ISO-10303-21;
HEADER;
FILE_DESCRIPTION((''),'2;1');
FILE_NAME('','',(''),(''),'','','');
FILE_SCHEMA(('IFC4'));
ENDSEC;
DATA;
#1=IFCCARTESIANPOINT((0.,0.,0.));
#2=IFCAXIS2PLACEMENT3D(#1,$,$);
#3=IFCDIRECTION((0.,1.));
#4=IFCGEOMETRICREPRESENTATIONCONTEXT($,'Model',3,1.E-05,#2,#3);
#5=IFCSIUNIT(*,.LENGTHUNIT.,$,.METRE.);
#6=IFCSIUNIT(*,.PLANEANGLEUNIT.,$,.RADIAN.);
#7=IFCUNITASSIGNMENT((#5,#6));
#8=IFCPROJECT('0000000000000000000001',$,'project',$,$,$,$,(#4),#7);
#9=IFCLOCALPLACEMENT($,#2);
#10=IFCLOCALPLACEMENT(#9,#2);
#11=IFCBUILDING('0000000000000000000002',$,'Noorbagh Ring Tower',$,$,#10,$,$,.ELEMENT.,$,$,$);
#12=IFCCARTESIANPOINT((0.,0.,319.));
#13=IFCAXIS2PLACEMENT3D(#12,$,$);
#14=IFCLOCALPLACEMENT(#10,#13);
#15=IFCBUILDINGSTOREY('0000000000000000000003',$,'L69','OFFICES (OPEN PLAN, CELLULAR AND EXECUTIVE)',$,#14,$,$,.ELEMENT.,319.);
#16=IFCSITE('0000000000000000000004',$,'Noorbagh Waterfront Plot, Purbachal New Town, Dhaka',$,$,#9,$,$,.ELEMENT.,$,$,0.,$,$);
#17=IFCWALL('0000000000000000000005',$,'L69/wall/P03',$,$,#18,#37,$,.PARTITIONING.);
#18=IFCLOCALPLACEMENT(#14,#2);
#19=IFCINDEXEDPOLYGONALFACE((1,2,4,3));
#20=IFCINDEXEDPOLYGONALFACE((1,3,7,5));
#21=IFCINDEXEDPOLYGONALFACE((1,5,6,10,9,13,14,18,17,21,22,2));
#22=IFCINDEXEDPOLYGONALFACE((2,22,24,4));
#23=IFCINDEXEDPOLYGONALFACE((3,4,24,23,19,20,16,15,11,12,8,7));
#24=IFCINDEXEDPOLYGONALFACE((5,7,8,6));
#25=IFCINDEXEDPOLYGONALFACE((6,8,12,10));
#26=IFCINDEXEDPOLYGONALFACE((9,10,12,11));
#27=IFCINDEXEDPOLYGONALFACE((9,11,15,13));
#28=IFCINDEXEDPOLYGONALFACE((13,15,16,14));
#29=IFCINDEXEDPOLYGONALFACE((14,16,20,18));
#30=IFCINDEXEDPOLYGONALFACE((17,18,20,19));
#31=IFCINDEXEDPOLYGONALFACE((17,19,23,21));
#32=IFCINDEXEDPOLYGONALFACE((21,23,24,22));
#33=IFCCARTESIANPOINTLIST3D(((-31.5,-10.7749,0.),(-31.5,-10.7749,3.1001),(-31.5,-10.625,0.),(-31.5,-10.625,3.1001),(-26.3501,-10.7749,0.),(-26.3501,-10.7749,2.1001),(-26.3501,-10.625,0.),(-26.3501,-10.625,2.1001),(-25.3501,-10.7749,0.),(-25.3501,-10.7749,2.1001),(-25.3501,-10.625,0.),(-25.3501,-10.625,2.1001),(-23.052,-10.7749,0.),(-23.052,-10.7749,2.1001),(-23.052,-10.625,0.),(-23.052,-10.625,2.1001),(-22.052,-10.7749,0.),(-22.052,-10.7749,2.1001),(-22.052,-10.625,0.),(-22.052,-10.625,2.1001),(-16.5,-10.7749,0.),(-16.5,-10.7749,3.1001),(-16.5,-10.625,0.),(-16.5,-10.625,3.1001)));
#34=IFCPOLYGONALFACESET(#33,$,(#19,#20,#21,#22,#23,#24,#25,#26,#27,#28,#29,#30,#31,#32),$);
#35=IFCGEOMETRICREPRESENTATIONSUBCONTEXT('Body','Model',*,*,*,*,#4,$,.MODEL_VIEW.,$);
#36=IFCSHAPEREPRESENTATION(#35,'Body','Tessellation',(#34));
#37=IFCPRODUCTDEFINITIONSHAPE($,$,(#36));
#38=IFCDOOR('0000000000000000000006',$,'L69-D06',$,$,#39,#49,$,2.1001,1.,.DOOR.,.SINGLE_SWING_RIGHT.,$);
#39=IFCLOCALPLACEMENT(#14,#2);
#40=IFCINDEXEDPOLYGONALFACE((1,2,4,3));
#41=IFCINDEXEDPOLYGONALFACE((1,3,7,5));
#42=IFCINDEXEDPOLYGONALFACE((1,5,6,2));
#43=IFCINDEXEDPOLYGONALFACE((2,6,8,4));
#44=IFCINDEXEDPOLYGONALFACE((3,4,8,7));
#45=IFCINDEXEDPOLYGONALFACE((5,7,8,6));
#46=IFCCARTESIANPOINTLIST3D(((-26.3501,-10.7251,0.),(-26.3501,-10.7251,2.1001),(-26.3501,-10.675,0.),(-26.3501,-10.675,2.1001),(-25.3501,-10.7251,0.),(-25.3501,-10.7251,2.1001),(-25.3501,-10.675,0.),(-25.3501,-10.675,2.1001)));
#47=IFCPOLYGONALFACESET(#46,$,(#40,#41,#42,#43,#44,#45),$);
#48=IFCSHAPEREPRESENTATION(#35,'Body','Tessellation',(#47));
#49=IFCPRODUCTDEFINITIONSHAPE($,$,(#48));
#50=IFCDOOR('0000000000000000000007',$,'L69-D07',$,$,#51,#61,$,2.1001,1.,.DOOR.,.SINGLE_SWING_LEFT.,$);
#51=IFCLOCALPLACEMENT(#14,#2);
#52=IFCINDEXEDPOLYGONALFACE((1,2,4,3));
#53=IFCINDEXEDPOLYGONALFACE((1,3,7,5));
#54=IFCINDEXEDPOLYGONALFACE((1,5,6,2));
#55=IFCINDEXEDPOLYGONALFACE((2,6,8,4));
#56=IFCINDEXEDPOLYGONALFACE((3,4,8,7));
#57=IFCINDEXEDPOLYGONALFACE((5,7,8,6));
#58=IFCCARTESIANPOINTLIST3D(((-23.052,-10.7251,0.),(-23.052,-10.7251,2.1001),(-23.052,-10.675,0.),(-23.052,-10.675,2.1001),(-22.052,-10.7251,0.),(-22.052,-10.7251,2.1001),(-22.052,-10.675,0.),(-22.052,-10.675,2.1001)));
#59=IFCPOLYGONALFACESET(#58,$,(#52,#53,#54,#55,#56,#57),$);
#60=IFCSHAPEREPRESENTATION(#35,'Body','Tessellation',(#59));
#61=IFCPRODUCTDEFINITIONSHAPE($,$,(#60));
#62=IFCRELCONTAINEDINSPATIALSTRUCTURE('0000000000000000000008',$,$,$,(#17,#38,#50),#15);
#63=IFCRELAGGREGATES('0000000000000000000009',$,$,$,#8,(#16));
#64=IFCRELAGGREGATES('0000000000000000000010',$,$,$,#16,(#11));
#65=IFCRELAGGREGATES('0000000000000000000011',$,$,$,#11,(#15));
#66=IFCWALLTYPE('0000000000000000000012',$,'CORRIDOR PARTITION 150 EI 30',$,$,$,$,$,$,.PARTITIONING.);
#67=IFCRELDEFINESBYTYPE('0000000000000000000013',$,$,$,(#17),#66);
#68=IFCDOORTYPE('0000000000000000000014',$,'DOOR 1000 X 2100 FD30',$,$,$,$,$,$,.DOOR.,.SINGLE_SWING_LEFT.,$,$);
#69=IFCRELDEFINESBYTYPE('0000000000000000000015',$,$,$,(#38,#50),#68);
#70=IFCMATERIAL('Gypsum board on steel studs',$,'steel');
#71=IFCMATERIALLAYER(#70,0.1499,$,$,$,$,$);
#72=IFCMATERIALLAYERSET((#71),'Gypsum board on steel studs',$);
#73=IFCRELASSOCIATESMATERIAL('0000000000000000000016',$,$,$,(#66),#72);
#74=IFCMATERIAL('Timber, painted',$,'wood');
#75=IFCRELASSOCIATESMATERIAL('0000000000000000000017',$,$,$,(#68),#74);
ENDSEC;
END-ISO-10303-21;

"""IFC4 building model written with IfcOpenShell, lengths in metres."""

from ifc_helpers import new_model, si_unit, direction, frame, frame_2d, origin, place, context, subcontext, project, spatial, rectangle, extrude, material, layer, layer_set, type_object, element, fill, save


model = new_model("IFC4")

# Units and contexts
model_context = context("Model", 3, precision=1e-05, world=origin(), true_north=direction((0.0, 1.0)))
body_context = subcontext(model_context, "Body", "Model", "MODEL_VIEW")
ifc_project = project(units=[si_unit("LENGTHUNIT", "METRE"), si_unit("PLANEANGLEUNIT", "RADIAN")], contexts=[model_context])

# Site, building, storey
site_placement = place(None, origin())
site = spatial("IfcSite", under=ifc_project, at=site_placement, Name="Noorbagh Waterfront Plot, Purbachal New Town, Dhaka", CompositionType="ELEMENT", RefElevation=0.0)
building_placement = place(site_placement, origin())
building = spatial("IfcBuilding", under=site, at=building_placement, Name="Noorbagh Ring Tower", CompositionType="ELEMENT")
storey_placement = place(building_placement, frame((0.0, 0.0, 319.0)))
storey = spatial("IfcBuildingStorey", under=building, at=storey_placement, Name="L69", Description="OFFICES (OPEN PLAN, CELLULAR AND EXECUTIVE)", CompositionType="ELEMENT", Elevation=319.0)

# Wall, openings, doors
ifc_material_1 = material(Name="Gypsum board on steel studs", Category="steel")
ifc_layer_1 = layer(ifc_material_1, 0.1499)
ifc_layer_set_1 = layer_set([ifc_layer_1], Name="Gypsum board on steel studs")
wall_type_1 = type_object("IfcWallType", Name="CORRIDOR PARTITION 150 EI 30", PredefinedType="PARTITIONING", material=ifc_layer_set_1)
wall_1_placement = place(storey_placement, frame((-31.5, -10.7, 0.0), z_axis=(0.0, 0.0, 1.0), x_axis=(1.0, 0.0, 0.0)))
wall_1 = element("IfcWall", 1, at=wall_1_placement, inside=storey, type_object=wall_type_1, Name="L69/wall/P03", PredefinedType="PARTITIONING", context=body_context, shape_type="SweptSolid", body=[
    extrude(rectangle(XDim=15.0, YDim=0.1499, at=frame_2d((7.5, 0.0))), origin(), (0.0, 0.0, 1.0), 3.1001),
])
opening_1_placement = place(wall_1_placement, frame((5.1499, 0.0, 0.0)))
opening_1 = element("IfcOpeningElement", 2, at=opening_1_placement, cuts=wall_1, PredefinedType="OPENING", context=body_context, shape_type="SweptSolid", body=[
    extrude(rectangle(XDim=1.0, YDim=2.1001, at=frame_2d((0.5, 1.05))), frame((0.0, 0.085, 0.0), z_axis=(0.0, -1.0, 0.0), x_axis=(1.0, 0.0, 0.0)), (0.0, 0.0, 1.0), 0.1699),
])
opening_2_placement = place(wall_1_placement, frame((8.448, 0.0, 0.0)))
opening_2 = element("IfcOpeningElement", 3, at=opening_2_placement, cuts=wall_1, PredefinedType="OPENING", context=body_context, shape_type="SweptSolid", body=[
    extrude(rectangle(XDim=1.0, YDim=2.1001, at=frame_2d((0.5, 1.05))), frame((0.0, 0.085, 0.0), z_axis=(0.0, -1.0, 0.0), x_axis=(1.0, 0.0, 0.0)), (0.0, 0.0, 1.0), 0.1699),
])
ifc_material_2 = material(Name="Timber, painted", Category="wood")
door_type = type_object("IfcDoorType", Name="DOOR 1000 X 2100 FD30", OperationType="SINGLE_SWING_LEFT", PredefinedType="DOOR", material=ifc_material_2)
door_1_placement = place(opening_1_placement, origin())
door_1 = element("IfcDoor", 4, at=door_1_placement, inside=storey, type_object=door_type, Name="L69-D06", OperationType="SINGLE_SWING_RIGHT", OverallHeight=2.1001, OverallWidth=1.0, PredefinedType="DOOR", context=body_context, shape_type="SweptSolid", body=[
    extrude(rectangle(XDim=1.0, YDim=2.1001, at=frame_2d((0.5, 1.05))), frame((0.0, 0.0249, 0.0), z_axis=(0.0, -1.0, 0.0), x_axis=(1.0, 0.0, 0.0)), (0.0, 0.0, 1.0), 0.05),
])
fill(opening_1, door_1)
door_2_placement = place(opening_2_placement, origin())
door_2 = element("IfcDoor", 5, at=door_2_placement, inside=storey, type_object=door_type, Name="L69-D07", OperationType="SINGLE_SWING_LEFT", OverallHeight=2.1001, OverallWidth=1.0, PredefinedType="DOOR", context=body_context, shape_type="SweptSolid", body=[
    extrude(rectangle(XDim=1.0, YDim=2.1001, at=frame_2d((0.5, 1.05))), frame((0.0, 0.0249, 0.0), z_axis=(0.0, -1.0, 0.0), x_axis=(1.0, 0.0, 0.0)), (0.0, 0.0, 1.0), 0.05),
])
fill(opening_2, door_2)

save(model, "model.ifc")
